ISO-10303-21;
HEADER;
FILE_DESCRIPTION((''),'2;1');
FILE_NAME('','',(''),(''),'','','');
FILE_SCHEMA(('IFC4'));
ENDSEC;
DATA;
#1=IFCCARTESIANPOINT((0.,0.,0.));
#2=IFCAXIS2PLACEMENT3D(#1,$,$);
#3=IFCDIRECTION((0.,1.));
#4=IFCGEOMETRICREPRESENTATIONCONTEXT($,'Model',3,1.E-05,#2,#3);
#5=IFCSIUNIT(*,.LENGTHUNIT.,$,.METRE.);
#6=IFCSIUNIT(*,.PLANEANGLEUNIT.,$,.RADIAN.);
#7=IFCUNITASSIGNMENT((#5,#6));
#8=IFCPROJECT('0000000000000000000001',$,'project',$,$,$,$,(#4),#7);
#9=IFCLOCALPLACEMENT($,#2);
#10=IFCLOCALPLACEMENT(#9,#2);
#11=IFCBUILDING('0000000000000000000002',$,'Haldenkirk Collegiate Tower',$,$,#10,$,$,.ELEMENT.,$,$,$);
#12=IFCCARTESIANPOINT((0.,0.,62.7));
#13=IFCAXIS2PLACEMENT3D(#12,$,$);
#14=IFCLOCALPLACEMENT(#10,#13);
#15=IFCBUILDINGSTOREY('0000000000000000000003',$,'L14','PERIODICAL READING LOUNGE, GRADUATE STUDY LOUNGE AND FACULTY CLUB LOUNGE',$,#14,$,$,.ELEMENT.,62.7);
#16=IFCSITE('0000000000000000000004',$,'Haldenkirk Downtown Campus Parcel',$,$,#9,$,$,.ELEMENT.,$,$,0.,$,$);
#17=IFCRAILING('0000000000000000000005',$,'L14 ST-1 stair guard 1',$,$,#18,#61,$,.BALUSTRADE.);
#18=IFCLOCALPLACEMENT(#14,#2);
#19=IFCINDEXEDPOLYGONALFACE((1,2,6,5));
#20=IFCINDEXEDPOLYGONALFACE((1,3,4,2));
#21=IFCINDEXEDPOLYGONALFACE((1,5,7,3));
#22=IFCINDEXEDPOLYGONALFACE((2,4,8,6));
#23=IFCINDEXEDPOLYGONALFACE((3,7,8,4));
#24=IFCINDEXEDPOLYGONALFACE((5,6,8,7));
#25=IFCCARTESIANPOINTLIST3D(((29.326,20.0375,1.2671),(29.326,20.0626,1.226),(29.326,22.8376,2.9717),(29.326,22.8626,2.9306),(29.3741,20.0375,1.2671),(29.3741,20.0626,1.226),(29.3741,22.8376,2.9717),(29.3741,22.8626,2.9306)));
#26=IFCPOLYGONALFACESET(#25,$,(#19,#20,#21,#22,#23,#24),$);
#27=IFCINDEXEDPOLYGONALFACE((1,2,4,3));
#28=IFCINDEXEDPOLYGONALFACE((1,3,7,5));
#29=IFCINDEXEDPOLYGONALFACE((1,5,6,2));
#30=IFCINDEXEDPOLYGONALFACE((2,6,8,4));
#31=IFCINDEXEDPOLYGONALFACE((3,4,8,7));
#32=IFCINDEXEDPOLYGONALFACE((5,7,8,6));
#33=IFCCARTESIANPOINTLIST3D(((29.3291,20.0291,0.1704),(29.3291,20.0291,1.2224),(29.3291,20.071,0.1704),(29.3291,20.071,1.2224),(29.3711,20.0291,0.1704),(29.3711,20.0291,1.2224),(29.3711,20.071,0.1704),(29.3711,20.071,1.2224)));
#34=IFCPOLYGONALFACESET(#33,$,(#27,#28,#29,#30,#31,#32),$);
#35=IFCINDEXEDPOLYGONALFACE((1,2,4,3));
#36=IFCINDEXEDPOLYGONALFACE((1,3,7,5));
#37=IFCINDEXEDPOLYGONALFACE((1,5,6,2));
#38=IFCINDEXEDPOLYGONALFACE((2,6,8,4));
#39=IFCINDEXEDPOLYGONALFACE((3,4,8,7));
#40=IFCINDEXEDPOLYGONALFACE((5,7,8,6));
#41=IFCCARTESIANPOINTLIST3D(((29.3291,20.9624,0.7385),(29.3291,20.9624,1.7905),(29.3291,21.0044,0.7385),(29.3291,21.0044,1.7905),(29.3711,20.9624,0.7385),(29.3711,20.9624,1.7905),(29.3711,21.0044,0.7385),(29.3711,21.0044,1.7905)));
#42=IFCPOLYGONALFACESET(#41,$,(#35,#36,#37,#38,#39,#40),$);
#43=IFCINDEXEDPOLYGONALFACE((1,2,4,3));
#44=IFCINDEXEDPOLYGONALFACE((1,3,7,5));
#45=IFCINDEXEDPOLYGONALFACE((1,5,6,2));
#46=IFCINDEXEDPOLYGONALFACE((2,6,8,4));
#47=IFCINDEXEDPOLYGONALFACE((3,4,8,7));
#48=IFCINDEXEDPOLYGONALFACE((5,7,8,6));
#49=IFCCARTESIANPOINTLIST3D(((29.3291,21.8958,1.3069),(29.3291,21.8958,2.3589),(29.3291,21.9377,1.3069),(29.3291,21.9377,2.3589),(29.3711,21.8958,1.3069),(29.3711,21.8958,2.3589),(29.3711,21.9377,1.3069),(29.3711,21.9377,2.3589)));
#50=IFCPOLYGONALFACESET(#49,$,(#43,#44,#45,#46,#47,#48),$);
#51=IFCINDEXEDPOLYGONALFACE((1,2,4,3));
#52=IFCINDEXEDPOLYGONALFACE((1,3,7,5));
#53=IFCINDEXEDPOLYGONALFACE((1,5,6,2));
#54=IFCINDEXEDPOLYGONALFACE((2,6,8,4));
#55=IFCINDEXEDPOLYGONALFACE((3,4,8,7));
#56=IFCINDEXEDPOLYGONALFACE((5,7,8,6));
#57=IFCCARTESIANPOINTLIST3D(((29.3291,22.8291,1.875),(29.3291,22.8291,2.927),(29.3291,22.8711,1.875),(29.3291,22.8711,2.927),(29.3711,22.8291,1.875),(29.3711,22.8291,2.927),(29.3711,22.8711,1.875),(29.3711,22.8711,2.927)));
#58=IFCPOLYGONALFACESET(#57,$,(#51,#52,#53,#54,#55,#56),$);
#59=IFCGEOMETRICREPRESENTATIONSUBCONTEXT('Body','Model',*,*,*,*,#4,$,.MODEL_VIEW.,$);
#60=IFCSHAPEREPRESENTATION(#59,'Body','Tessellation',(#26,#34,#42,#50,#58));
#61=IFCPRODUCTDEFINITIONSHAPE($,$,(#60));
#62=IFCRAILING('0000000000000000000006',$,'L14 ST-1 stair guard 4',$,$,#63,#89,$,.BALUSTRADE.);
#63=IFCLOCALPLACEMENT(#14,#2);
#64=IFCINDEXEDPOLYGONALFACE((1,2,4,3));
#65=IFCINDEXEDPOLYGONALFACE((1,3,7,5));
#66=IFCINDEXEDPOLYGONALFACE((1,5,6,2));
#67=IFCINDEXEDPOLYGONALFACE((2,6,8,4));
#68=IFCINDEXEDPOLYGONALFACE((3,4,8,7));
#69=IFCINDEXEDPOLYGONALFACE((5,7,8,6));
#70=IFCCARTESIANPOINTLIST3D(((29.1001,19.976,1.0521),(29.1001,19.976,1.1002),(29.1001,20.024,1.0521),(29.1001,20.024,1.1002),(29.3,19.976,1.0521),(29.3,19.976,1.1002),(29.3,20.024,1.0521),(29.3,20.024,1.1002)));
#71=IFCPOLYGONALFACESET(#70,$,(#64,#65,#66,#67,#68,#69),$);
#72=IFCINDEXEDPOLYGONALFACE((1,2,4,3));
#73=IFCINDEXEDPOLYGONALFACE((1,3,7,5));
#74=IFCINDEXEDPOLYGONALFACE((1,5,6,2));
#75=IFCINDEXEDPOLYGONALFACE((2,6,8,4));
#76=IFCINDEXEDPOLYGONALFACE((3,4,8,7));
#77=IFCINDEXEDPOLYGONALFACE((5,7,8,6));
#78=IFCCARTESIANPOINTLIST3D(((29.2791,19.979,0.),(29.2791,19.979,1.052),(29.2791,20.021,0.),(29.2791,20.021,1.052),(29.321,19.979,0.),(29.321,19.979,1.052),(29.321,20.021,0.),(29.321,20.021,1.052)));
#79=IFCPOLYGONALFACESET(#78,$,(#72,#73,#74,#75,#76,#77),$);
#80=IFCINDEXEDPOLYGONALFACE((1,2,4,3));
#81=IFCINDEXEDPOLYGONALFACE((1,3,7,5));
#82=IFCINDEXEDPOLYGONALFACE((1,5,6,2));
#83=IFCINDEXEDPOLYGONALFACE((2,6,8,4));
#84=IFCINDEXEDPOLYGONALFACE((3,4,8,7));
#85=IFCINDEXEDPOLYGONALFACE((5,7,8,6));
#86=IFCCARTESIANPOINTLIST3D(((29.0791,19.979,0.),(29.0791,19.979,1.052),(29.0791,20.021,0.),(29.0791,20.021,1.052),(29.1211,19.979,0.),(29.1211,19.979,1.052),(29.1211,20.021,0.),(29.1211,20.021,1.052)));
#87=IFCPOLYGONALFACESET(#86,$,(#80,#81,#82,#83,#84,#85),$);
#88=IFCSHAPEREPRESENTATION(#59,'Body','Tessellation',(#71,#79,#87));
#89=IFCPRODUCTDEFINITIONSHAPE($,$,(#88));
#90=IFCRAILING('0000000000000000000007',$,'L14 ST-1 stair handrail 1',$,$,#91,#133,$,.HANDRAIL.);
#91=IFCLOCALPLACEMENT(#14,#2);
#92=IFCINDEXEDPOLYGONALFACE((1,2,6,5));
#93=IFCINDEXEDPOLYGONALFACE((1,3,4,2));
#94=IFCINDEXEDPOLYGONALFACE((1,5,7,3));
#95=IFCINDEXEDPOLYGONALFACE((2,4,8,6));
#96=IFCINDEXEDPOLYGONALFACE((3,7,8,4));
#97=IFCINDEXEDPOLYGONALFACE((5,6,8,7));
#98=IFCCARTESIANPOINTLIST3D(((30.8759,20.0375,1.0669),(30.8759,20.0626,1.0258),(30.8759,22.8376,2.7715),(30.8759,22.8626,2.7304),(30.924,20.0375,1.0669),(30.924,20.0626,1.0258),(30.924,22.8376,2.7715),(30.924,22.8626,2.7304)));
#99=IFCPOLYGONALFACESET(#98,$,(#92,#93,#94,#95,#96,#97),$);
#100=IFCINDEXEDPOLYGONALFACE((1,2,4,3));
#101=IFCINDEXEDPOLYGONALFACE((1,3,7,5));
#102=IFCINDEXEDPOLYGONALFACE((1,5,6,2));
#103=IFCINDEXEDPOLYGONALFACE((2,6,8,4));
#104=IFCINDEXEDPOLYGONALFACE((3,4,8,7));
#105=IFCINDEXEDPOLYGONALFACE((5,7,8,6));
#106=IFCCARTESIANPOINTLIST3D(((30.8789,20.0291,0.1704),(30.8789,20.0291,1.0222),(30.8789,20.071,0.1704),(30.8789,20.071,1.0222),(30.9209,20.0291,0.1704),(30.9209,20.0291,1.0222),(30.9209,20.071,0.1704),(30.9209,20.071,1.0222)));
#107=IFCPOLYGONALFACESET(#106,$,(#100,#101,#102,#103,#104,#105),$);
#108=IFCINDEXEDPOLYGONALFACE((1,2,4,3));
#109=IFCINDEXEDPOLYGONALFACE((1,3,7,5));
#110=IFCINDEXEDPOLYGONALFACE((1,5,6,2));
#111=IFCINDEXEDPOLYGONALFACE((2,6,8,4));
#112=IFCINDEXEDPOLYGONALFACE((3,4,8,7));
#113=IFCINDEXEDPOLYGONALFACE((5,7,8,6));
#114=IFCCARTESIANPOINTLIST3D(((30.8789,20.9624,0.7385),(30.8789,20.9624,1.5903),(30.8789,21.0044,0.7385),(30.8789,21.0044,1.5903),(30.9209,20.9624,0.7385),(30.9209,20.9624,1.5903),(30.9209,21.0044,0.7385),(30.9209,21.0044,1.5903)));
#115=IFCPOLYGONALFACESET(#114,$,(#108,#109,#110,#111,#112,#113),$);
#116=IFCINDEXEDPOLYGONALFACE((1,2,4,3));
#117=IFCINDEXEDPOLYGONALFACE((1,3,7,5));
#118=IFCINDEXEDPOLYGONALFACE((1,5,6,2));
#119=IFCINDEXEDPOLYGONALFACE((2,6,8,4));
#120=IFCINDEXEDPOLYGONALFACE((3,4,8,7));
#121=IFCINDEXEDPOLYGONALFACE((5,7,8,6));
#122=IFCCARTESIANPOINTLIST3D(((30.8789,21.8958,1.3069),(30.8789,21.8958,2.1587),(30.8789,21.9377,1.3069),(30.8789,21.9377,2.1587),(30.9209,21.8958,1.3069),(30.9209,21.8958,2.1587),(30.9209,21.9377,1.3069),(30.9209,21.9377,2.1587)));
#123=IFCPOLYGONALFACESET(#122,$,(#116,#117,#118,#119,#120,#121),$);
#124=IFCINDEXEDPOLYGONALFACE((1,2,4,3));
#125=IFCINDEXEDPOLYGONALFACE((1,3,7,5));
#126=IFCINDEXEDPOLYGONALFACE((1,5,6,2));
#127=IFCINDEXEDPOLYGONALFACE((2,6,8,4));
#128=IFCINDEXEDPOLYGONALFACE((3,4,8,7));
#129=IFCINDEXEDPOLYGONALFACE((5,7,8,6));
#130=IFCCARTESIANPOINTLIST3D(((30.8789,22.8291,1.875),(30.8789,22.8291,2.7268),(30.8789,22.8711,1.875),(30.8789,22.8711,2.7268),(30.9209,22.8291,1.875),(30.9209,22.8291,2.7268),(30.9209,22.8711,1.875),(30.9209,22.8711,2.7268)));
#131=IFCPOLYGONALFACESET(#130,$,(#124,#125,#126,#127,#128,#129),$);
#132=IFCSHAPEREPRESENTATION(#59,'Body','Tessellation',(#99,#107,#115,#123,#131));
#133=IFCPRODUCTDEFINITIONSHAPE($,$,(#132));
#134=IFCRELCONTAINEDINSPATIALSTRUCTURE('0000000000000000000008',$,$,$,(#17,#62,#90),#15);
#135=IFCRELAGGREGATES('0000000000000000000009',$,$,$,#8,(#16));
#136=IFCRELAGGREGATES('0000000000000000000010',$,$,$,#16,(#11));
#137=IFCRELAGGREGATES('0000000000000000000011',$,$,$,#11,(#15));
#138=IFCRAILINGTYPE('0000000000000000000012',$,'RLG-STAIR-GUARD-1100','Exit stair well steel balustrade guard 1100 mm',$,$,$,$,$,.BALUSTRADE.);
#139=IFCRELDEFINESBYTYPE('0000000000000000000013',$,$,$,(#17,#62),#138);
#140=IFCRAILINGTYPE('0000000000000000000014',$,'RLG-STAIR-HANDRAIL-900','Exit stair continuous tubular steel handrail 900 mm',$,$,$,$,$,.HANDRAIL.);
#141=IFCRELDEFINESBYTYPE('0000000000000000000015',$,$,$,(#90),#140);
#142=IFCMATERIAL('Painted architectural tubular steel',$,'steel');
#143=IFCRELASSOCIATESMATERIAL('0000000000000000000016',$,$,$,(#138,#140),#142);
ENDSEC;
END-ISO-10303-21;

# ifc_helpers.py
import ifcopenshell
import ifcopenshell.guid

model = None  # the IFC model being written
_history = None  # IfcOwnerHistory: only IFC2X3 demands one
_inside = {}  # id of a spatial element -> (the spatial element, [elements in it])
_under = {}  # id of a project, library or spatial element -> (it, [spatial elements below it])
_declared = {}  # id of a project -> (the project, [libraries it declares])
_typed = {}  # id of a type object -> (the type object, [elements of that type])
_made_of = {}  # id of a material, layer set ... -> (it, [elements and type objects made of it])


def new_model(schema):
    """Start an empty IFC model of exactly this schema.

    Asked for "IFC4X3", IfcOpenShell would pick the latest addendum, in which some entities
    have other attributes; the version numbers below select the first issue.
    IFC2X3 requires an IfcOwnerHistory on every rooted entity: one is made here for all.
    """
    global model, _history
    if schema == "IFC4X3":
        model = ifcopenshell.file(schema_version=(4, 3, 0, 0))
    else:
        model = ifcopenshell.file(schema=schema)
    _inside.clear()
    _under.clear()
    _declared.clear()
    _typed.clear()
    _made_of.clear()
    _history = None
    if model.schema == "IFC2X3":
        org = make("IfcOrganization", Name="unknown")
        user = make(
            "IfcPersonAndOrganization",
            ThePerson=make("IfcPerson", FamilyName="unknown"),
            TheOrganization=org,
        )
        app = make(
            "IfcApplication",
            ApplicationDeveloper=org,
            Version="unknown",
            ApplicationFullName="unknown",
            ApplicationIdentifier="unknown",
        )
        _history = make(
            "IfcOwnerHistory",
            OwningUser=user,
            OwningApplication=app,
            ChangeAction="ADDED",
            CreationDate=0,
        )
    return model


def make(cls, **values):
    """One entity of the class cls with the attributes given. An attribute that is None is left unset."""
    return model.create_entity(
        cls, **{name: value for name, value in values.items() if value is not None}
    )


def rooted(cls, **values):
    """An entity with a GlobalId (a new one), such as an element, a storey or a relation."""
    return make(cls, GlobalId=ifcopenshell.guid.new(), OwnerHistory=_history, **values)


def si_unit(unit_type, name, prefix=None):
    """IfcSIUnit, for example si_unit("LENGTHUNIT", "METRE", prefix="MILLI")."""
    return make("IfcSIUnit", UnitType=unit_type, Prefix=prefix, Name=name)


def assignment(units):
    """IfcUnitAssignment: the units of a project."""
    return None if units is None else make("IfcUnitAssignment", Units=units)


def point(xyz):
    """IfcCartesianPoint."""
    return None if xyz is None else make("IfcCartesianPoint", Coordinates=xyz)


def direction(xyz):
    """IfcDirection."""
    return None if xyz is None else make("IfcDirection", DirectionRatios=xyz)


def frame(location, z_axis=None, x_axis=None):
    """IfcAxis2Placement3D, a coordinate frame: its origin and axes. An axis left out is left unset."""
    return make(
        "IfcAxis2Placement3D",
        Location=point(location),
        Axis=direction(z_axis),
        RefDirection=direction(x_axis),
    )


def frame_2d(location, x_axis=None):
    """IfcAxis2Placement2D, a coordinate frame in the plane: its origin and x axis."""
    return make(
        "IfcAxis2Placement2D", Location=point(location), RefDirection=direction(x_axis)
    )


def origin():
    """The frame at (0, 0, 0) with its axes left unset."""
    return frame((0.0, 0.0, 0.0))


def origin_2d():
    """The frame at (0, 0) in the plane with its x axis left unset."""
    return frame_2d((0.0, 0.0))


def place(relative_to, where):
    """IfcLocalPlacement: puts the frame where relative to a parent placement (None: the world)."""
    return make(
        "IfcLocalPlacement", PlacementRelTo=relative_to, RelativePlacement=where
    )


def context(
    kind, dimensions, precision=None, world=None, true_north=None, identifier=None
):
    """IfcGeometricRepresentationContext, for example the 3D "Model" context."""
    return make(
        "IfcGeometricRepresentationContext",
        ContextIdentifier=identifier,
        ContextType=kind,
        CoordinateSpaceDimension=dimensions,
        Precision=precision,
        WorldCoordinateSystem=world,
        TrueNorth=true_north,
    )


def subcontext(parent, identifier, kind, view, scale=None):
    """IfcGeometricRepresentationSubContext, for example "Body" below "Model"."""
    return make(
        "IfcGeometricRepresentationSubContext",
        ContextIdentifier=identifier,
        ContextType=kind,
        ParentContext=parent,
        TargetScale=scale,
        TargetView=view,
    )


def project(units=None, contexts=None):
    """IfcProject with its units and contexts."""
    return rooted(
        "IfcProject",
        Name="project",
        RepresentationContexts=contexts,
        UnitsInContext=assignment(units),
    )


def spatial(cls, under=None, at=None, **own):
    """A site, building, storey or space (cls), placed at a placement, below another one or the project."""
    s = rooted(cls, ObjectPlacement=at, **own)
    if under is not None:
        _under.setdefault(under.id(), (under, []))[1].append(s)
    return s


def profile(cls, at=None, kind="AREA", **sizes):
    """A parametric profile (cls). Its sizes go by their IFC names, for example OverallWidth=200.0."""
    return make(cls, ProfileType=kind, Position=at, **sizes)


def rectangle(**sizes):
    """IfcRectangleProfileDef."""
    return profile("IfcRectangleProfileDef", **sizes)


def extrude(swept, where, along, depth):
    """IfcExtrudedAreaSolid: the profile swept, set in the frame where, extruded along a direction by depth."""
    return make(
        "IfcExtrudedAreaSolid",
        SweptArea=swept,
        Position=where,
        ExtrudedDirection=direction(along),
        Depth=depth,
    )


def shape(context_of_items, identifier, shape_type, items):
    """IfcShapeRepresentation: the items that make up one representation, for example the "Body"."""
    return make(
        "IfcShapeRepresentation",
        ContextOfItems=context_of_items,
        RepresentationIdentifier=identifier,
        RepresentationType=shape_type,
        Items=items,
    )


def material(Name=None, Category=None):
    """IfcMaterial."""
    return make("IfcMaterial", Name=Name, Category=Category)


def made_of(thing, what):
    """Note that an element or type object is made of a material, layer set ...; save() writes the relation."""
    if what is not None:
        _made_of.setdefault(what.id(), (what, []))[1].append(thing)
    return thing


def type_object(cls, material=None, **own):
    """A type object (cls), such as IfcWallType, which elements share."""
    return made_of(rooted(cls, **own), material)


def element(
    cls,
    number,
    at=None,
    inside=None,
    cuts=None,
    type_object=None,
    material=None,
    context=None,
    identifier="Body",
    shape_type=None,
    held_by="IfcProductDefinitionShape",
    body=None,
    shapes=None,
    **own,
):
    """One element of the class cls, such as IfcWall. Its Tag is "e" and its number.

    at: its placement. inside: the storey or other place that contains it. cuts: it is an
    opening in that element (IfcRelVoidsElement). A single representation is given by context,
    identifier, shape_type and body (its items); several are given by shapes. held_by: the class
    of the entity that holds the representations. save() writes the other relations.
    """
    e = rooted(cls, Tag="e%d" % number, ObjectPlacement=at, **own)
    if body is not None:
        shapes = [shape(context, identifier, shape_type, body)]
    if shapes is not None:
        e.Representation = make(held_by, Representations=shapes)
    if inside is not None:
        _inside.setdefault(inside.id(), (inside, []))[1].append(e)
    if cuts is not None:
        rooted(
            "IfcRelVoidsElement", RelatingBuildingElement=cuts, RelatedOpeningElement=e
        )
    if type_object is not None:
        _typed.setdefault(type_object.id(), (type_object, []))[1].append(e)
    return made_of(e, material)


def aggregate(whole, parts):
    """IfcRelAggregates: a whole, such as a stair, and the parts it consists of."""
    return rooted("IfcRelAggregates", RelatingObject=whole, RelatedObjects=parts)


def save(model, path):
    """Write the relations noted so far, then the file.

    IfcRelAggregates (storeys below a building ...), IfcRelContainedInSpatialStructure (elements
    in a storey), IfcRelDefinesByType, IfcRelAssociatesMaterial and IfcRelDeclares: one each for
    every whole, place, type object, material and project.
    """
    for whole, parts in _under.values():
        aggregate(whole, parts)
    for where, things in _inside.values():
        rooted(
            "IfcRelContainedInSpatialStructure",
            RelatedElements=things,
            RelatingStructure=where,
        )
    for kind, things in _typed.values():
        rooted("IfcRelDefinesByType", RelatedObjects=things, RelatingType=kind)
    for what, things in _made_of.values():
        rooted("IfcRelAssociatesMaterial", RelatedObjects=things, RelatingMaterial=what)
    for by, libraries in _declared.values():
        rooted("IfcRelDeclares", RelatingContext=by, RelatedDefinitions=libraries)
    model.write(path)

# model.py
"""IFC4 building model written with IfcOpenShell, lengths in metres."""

from ifc_helpers import new_model, si_unit, direction, frame, origin, origin_2d, place, context, subcontext, project, spatial, rectangle, extrude, material, type_object, element, save


model = new_model("IFC4")

# Units and contexts
model_context = context("Model", 3, precision=1e-05, world=origin(), true_north=direction((0.0, 1.0)))
body_context = subcontext(model_context, "Body", "Model", "MODEL_VIEW")
ifc_project = project(units=[si_unit("LENGTHUNIT", "METRE"), si_unit("PLANEANGLEUNIT", "RADIAN")], contexts=[model_context])

# Site, building, storey
site_placement = place(None, origin())
site = spatial("IfcSite", under=ifc_project, at=site_placement, Name="Haldenkirk Downtown Campus Parcel", CompositionType="ELEMENT", RefElevation=0.0)
building_placement = place(site_placement, origin())
building = spatial("IfcBuilding", under=site, at=building_placement, Name="Haldenkirk Collegiate Tower", CompositionType="ELEMENT")
storey_placement = place(building_placement, frame((0.0, 0.0, 62.7)))
storey = spatial("IfcBuildingStorey", under=building, at=storey_placement, Name="L14", Description="PERIODICAL READING LOUNGE, GRADUATE STUDY LOUNGE AND FACULTY CLUB LOUNGE", CompositionType="ELEMENT", Elevation=62.7)

# Railings
ifc_material_1 = material(Name="Painted architectural tubular steel", Category="steel")
railing_type_1 = type_object("IfcRailingType", Name="RLG-STAIR-GUARD-1100", Description="Exit stair well steel balustrade guard 1100 mm", PredefinedType="BALUSTRADE", material=ifc_material_1)
railing_1_placement = place(storey_placement, frame((29.3501, 20.05, 0.1704)))
element("IfcRailing", 1, at=railing_1_placement, inside=storey, type_object=railing_type_1, Name="L14 ST-1 stair guard 1", PredefinedType="BALUSTRADE", context=body_context, shape_type="SweptSolid", body=[
    extrude(rectangle(XDim=0.0481, YDim=0.0481, at=origin_2d()), frame((0.0, 0.0, 1.0762), z_axis=(0.0, 0.85417, 0.519994), x_axis=(-1.0, 0.0, 0.0)), (0.0, 0.0, 1.0), 3.2781),
    extrude(rectangle(XDim=0.042, YDim=0.042, at=origin_2d()), origin(), (0.0, 0.0, 1.0), 1.052),
    extrude(rectangle(XDim=0.042, YDim=0.042, at=origin_2d()), frame((0.0, 0.9333, 0.5681)), (0.0, 0.0, 1.0), 1.052),
    extrude(rectangle(XDim=0.042, YDim=0.042, at=origin_2d()), frame((0.0, 1.8667, 1.1365)), (0.0, 0.0, 1.0), 1.052),
    extrude(rectangle(XDim=0.042, YDim=0.042, at=origin_2d()), frame((0.0, 2.8, 1.7046)), (0.0, 0.0, 1.0), 1.052),
])
railing_2_placement = place(storey_placement, frame((29.3, 20.0, 0.0)))
element("IfcRailing", 2, at=railing_2_placement, inside=storey, type_object=railing_type_1, Name="L14 ST-1 stair guard 4", PredefinedType="BALUSTRADE", context=body_context, shape_type="SweptSolid", body=[
    extrude(rectangle(XDim=0.0481, YDim=0.0481, at=origin_2d()), frame((0.0, 0.0, 1.0762), z_axis=(-1.0, 0.0, 0.0), x_axis=(0.0, -1.0, 0.0)), (0.0, 0.0, 1.0), 0.2),
    extrude(rectangle(XDim=0.042, YDim=0.042, at=origin_2d()), origin(), (0.0, 0.0, 1.0), 1.052),
    extrude(rectangle(XDim=0.042, YDim=0.042, at=origin_2d()), frame((-0.2, 0.0, 0.0)), (0.0, 0.0, 1.0), 1.052),
])
railing_type_2 = type_object("IfcRailingType", Name="RLG-STAIR-HANDRAIL-900", Description="Exit stair continuous tubular steel handrail 900 mm", PredefinedType="HANDRAIL", material=ifc_material_1)
railing_3_placement = place(storey_placement, frame((30.8999, 20.05, 0.1704)))
element("IfcRailing", 3, at=railing_3_placement, inside=storey, type_object=railing_type_2, Name="L14 ST-1 stair handrail 1", PredefinedType="HANDRAIL", context=body_context, shape_type="SweptSolid", body=[
    extrude(rectangle(XDim=0.0481, YDim=0.0481, at=origin_2d()), frame((0.0, 0.0, 0.876), z_axis=(0.0, 0.85417, 0.519994), x_axis=(-1.0, 0.0, 0.0)), (0.0, 0.0, 1.0), 3.2781),
    extrude(rectangle(XDim=0.042, YDim=0.042, at=origin_2d()), origin(), (0.0, 0.0, 1.0), 0.8518),
    extrude(rectangle(XDim=0.042, YDim=0.042, at=origin_2d()), frame((0.0, 0.9333, 0.5681)), (0.0, 0.0, 1.0), 0.8518),
    extrude(rectangle(XDim=0.042, YDim=0.042, at=origin_2d()), frame((0.0, 1.8667, 1.1365)), (0.0, 0.0, 1.0), 0.8518),
    extrude(rectangle(XDim=0.042, YDim=0.042, at=origin_2d()), frame((0.0, 2.8, 1.7046)), (0.0, 0.0, 1.0), 0.8518),
])

save(model, "model.ifc")
